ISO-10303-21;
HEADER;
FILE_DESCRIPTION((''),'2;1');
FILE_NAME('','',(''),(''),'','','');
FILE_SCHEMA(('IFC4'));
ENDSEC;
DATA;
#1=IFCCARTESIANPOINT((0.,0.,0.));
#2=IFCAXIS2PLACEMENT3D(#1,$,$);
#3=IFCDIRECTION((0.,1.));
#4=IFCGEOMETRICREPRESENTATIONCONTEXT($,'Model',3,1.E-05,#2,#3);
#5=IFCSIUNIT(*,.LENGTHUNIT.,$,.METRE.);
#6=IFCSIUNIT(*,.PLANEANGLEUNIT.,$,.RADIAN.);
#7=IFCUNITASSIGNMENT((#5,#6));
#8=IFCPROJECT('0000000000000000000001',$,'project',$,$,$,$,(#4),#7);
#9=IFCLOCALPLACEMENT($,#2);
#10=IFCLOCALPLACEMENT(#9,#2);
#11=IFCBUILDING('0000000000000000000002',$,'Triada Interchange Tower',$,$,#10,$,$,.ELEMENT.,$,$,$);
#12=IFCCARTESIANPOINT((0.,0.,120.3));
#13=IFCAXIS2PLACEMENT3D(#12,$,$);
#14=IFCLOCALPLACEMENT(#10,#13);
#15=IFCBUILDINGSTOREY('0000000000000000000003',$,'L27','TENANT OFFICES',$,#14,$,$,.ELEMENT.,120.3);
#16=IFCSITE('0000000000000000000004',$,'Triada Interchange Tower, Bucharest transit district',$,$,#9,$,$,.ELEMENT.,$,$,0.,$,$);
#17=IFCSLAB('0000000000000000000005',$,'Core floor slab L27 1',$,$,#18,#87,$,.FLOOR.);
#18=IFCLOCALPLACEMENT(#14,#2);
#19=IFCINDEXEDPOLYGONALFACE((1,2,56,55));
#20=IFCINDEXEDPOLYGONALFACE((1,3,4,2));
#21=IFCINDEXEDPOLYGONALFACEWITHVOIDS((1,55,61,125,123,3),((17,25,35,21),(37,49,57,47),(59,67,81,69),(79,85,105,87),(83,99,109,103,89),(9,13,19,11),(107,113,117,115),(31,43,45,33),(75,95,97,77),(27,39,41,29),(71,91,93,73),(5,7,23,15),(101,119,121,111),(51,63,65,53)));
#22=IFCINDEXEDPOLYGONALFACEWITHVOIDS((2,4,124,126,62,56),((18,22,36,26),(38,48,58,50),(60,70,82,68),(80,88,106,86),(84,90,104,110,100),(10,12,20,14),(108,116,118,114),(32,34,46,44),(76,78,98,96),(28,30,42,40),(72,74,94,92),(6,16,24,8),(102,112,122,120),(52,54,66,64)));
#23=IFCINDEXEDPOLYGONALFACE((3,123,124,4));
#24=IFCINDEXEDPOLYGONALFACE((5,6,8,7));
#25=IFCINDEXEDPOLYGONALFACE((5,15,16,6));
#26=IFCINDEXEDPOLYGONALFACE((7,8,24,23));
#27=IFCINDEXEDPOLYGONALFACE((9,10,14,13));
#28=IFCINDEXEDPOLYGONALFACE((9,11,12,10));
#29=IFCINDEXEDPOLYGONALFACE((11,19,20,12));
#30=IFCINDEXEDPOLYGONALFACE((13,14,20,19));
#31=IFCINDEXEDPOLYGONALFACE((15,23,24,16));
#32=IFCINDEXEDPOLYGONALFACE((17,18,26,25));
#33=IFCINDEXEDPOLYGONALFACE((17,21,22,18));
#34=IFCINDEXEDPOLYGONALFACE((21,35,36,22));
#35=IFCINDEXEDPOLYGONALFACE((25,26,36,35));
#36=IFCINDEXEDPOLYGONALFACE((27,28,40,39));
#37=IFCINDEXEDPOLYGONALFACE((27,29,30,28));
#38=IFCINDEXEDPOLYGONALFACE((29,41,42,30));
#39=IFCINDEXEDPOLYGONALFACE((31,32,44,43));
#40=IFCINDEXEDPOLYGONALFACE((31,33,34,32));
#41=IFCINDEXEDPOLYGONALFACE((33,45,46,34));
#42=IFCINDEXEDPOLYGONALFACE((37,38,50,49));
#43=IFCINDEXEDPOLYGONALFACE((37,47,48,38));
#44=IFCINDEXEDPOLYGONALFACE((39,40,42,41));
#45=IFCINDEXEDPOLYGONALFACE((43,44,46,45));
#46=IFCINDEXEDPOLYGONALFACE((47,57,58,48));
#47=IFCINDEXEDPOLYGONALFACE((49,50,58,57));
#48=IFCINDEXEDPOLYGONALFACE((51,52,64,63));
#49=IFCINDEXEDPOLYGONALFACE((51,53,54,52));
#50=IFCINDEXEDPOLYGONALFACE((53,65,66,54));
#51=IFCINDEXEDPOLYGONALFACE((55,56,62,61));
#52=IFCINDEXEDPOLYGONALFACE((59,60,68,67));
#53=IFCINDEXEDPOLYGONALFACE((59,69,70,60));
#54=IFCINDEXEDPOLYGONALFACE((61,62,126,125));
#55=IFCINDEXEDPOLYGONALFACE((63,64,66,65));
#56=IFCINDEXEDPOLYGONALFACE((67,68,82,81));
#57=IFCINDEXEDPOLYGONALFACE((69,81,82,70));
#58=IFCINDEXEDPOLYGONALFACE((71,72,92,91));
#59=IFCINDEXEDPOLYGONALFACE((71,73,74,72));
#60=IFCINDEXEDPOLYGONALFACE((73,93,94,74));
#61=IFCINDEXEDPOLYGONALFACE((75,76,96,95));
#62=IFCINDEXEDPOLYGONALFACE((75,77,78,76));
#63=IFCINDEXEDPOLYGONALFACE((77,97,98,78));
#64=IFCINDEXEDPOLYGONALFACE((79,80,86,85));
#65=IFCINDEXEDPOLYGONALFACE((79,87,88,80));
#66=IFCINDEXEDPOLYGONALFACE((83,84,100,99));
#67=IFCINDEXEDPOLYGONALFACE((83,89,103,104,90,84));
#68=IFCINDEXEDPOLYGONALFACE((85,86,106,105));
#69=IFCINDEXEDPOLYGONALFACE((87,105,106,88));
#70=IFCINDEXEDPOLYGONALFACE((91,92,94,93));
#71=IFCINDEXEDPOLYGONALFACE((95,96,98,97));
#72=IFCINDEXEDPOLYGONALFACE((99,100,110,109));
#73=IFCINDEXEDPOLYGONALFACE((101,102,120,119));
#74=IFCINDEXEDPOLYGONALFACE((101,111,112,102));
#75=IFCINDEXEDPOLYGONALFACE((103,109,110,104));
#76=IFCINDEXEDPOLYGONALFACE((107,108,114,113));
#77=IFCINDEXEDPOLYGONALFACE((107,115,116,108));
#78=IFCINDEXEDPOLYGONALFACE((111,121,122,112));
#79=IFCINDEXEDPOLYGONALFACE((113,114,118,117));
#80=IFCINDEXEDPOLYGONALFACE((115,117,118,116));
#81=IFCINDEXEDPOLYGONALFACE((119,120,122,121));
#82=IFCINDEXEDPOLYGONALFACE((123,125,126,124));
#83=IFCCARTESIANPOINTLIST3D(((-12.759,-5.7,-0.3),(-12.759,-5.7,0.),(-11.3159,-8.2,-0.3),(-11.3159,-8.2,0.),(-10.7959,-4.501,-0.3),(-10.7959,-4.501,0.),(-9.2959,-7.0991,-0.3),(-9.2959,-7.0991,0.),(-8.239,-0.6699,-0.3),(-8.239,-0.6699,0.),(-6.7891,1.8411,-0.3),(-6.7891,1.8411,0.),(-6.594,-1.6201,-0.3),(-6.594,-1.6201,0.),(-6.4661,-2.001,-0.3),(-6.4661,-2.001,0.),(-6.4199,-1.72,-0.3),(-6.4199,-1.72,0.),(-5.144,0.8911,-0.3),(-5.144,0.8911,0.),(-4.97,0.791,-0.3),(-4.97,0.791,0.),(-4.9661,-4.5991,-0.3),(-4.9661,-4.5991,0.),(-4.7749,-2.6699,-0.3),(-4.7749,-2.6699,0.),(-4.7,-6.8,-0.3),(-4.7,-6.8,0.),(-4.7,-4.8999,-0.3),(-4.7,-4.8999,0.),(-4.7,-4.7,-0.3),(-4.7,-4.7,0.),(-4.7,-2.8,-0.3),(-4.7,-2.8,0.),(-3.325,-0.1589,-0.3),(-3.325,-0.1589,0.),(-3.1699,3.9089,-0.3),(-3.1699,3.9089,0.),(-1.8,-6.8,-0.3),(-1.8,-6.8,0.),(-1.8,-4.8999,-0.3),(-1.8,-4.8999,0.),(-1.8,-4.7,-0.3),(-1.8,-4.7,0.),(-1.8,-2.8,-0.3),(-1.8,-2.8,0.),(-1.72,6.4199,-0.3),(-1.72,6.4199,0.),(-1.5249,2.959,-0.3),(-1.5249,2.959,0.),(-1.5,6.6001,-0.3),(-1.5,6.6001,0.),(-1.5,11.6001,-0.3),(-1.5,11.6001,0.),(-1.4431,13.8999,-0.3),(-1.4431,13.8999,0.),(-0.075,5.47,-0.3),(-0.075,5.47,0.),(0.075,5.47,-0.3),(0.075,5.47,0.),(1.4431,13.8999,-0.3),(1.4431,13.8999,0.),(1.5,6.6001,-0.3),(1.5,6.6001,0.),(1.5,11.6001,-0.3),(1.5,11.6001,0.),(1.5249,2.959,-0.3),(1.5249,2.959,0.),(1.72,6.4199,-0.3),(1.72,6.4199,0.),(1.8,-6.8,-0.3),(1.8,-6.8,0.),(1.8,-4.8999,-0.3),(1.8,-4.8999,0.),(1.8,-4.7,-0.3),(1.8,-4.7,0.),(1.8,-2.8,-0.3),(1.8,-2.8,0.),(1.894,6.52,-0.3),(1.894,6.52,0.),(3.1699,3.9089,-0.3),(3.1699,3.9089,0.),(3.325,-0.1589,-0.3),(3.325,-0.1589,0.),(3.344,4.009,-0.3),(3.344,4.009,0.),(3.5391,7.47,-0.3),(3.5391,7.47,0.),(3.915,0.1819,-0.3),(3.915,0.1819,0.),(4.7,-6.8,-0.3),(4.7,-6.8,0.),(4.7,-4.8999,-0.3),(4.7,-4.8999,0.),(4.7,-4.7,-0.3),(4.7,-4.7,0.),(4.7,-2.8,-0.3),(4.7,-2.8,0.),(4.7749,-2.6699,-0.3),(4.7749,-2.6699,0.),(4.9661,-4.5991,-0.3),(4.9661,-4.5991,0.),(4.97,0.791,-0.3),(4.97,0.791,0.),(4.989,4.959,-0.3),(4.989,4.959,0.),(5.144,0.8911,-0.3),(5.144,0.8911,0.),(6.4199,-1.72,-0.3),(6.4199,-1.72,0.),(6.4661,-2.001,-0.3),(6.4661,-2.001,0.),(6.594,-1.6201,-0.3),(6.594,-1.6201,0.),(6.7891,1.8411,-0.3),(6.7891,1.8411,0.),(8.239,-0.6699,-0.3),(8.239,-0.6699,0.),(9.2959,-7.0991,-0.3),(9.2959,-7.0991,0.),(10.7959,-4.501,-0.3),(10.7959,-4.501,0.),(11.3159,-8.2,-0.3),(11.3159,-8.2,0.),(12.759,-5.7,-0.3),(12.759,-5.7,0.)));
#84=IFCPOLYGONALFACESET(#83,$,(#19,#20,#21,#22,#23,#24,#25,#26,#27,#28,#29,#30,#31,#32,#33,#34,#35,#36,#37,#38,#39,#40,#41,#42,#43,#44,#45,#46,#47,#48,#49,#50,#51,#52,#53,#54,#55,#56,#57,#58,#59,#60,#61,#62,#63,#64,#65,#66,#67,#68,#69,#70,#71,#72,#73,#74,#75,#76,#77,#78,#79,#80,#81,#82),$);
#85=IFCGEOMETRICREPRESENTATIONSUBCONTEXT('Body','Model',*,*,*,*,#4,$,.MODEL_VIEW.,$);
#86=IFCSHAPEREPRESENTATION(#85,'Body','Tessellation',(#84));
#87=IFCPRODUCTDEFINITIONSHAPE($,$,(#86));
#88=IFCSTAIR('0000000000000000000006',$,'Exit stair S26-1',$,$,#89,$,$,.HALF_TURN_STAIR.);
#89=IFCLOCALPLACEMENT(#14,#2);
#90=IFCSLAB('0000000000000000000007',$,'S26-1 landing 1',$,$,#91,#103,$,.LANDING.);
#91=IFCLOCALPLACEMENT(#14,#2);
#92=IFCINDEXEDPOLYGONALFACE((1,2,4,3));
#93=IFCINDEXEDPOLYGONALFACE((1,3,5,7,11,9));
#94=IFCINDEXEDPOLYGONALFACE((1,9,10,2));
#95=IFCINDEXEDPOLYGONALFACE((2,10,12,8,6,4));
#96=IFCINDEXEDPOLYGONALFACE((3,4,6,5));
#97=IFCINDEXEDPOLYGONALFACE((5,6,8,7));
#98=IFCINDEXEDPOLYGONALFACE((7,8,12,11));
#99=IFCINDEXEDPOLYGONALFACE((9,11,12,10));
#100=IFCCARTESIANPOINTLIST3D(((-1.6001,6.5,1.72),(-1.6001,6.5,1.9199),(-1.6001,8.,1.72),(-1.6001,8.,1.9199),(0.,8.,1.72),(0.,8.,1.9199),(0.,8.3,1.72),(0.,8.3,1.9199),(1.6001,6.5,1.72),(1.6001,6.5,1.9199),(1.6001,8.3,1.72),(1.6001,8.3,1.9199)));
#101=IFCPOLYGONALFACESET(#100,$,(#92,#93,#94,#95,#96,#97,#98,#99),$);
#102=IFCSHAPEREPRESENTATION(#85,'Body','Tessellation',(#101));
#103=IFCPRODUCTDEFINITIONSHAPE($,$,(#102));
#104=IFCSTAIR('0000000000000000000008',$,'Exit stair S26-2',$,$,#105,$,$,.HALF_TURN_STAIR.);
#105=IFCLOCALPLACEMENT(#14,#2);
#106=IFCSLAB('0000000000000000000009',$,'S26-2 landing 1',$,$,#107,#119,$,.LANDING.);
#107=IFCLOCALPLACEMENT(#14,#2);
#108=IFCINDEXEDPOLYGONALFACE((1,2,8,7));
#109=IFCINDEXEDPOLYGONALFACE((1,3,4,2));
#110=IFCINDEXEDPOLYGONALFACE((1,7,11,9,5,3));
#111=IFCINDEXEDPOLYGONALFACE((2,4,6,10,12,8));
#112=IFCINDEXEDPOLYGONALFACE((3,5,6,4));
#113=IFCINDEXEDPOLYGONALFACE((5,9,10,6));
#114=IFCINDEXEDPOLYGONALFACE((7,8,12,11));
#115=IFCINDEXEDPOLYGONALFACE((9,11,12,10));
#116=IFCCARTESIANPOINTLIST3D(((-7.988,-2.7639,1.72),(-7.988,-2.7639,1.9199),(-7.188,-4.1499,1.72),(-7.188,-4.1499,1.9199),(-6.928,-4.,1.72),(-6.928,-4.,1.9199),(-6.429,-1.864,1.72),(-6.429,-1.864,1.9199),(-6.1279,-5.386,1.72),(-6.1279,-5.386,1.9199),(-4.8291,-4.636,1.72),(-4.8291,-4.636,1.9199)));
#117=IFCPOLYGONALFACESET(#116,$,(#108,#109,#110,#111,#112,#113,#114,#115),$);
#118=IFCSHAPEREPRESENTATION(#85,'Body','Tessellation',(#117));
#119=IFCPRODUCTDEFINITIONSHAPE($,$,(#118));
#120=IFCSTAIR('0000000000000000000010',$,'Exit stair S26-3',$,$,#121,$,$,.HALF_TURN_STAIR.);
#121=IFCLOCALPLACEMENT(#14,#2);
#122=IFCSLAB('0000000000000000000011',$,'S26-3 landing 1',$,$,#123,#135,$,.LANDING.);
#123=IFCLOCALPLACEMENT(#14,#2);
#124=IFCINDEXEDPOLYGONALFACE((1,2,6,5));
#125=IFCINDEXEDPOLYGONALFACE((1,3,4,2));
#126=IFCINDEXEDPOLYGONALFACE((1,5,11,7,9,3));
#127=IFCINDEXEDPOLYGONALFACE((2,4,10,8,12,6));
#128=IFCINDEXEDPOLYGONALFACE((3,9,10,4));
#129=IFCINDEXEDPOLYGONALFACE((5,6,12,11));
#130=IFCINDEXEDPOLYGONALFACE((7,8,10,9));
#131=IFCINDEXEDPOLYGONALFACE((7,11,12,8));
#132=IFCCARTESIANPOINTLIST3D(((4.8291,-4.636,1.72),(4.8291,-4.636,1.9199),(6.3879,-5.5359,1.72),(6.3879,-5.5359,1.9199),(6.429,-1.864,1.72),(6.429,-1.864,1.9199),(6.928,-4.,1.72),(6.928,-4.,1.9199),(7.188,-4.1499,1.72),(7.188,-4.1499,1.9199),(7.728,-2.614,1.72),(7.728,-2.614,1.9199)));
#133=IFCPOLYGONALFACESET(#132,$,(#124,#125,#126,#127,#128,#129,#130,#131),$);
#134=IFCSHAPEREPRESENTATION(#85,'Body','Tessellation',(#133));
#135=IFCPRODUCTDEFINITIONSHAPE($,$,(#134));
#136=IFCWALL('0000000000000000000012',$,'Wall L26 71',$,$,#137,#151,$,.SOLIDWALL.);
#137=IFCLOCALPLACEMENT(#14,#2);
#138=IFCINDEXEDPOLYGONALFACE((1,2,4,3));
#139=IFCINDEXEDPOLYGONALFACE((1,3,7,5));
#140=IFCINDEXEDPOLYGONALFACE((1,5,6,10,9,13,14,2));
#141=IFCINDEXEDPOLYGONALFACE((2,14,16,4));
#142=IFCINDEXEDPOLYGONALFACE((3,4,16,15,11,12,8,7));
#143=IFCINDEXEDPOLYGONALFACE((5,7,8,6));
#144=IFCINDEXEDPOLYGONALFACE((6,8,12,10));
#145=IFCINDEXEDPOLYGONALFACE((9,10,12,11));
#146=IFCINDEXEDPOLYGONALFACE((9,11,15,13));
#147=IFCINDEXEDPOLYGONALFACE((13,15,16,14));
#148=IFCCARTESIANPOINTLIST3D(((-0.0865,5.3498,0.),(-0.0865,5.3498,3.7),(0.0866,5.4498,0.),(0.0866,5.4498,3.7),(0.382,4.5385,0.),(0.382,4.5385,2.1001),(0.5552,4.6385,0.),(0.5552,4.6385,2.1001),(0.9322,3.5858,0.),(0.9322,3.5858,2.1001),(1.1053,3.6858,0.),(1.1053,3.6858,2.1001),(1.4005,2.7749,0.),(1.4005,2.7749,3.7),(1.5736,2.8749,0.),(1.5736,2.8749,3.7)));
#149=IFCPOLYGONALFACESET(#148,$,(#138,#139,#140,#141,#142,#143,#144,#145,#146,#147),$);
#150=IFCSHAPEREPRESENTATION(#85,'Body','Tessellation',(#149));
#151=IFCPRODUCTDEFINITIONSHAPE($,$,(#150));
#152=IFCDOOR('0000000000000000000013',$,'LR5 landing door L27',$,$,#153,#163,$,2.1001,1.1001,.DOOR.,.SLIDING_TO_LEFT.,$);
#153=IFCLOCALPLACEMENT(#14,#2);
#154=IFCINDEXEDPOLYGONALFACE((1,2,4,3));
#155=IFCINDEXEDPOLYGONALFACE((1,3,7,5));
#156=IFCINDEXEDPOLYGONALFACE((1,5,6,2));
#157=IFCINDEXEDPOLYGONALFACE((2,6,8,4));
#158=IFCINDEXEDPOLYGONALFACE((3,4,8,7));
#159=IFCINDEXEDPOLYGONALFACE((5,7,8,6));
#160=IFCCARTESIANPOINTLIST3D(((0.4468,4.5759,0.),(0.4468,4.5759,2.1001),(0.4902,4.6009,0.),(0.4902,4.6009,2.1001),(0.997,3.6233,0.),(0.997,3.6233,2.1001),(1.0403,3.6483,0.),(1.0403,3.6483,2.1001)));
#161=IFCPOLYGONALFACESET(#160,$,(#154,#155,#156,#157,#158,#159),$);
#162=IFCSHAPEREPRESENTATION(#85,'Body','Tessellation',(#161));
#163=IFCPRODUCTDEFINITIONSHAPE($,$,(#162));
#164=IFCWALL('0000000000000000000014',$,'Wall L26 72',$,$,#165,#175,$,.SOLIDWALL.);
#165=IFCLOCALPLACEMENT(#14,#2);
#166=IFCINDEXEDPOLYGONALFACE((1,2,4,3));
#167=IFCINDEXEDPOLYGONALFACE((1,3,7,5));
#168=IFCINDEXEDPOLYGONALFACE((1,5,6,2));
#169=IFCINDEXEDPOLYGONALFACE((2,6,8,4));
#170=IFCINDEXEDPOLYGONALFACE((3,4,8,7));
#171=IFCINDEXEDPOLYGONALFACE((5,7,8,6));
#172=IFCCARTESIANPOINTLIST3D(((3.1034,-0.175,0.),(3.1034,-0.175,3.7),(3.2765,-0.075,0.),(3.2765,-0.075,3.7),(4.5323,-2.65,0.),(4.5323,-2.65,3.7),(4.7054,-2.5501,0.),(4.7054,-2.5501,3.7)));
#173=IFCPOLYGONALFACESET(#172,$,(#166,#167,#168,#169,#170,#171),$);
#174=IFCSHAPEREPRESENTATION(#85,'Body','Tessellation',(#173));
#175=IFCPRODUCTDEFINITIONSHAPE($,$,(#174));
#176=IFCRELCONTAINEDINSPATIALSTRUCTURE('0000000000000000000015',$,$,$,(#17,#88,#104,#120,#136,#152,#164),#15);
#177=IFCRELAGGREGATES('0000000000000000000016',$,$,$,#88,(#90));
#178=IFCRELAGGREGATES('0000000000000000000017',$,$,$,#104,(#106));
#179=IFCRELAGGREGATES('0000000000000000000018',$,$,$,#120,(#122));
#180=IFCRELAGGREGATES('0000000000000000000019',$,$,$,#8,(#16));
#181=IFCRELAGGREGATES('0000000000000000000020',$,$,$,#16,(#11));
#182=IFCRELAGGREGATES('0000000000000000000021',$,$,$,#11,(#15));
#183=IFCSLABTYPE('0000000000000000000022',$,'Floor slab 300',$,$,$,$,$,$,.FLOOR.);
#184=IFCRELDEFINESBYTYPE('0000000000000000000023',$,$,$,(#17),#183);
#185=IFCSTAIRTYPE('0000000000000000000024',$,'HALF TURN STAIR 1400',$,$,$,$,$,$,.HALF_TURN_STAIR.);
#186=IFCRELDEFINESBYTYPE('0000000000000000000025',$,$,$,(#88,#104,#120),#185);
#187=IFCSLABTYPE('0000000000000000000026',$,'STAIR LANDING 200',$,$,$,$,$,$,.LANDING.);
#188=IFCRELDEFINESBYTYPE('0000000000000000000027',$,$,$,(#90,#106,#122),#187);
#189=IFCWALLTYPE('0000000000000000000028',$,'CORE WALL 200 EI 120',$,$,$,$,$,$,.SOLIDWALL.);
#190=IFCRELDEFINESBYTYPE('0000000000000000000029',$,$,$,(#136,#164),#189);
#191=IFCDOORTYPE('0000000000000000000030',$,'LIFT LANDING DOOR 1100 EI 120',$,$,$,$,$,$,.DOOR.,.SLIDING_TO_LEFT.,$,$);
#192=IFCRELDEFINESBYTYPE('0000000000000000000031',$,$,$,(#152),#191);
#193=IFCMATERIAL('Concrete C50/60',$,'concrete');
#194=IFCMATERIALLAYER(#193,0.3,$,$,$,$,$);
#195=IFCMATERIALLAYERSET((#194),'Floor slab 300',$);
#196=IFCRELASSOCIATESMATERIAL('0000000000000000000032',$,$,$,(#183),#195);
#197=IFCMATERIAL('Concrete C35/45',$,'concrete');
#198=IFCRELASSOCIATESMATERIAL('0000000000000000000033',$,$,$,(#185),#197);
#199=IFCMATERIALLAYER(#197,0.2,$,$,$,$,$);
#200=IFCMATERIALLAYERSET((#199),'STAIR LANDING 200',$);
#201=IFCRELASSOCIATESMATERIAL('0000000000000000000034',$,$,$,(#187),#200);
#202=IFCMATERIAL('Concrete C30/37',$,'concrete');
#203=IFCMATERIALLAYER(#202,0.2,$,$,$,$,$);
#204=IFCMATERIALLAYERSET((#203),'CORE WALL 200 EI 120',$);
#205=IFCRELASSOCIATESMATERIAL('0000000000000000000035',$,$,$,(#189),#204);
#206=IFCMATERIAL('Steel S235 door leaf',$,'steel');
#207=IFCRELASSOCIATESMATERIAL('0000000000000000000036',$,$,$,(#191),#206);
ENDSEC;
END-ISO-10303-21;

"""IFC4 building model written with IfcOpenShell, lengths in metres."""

from ifc_helpers import new_model, si_unit, direction, frame, frame_2d, origin, place, context, subcontext, project, spatial, polyline, rectangle, outline, extrude, material, layer, layer_set, type_object, element, fill, aggregate, save


model = new_model("IFC4")

# Units and contexts
model_context = context("Model", 3, precision=1e-05, world=origin(), true_north=direction((0.0, 1.0)))
body_context = subcontext(model_context, "Body", "Model", "MODEL_VIEW")
ifc_project = project(units=[si_unit("LENGTHUNIT", "METRE"), si_unit("PLANEANGLEUNIT", "RADIAN")], contexts=[model_context])

# Site, building, storey
site_placement = place(None, origin())
site = spatial("IfcSite", under=ifc_project, at=site_placement, Name="Triada Interchange Tower, Bucharest transit district", CompositionType="ELEMENT", RefElevation=0.0)
building_placement = place(site_placement, origin())
building = spatial("IfcBuilding", under=site, at=building_placement, Name="Triada Interchange Tower", CompositionType="ELEMENT")
storey_placement = place(building_placement, frame((0.0, 0.0, 120.3)))
storey = spatial("IfcBuildingStorey", under=building, at=storey_placement, Name="L27", Description="TENANT OFFICES", CompositionType="ELEMENT", Elevation=120.3)

# Slab
ifc_material_1 = material(Name="Concrete C50/60", Category="concrete")
ifc_layer_1 = layer(ifc_material_1, 0.3)
ifc_layer_set_1 = layer_set([ifc_layer_1], Name="Floor slab 300")
slab_type_1 = type_object("IfcSlabType", Name="Floor slab 300", PredefinedType="FLOOR", material=ifc_layer_set_1)
slab_1_placement = place(storey_placement, frame((0.0, 0.0, -0.3)))
element("IfcSlab", 1, at=slab_1_placement, inside=storey, type_object=slab_type_1, Name="Core floor slab L27 1", PredefinedType="FLOOR", context=body_context, shape_type="SweptSolid", body=[
    extrude(outline(polyline([(12.759, -5.7), (11.3159, -8.2), (-11.3159, -8.2), (-12.759, -5.7), (-1.4431, 13.8999), (1.4431, 13.8999), (12.759, -5.7)]), holes=[polyline([(9.2959, -7.0991), (10.7959, -4.501), (6.4661, -2.001), (4.9661, -4.5991), (9.2959, -7.0991)]), polyline([(6.7891, 1.8411), (5.144, 0.8911), (6.594, -1.6201), (8.239, -0.6699), (6.7891, 1.8411)]), polyline([(4.7749, -2.6699), (6.4199, -1.72), (4.97, 0.791), (3.915, 0.1819), (3.325, -0.1589), (4.7749, -2.6699)]), polyline([(1.894, 6.52), (3.344, 4.009), (4.989, 4.959), (3.5391, 7.47), (1.894, 6.52)]), polyline([(4.7, -6.8), (4.7, -4.8999), (1.8, -4.8999), (1.8, -6.8), (4.7, -6.8)]), polyline([(4.7, -2.8), (1.8, -2.8), (1.8, -4.7), (4.7, -4.7), (4.7, -2.8)]), polyline([(0.075, 5.47), (1.5249, 2.959), (3.1699, 3.9089), (1.72, 6.4199), (0.075, 5.47)]), polyline([(1.5, 11.6001), (-1.5, 11.6001), (-1.5, 6.6001), (1.5, 6.6001), (1.5, 11.6001)]), polyline([(-1.5249, 2.959), (-0.075, 5.47), (-1.72, 6.4199), (-3.1699, 3.9089), (-1.5249, 2.959)]), polyline([(-1.8, -2.8), (-4.7, -2.8), (-4.7, -4.7), (-1.8, -4.7), (-1.8, -2.8)]), polyline([(-4.7, -6.8), (-1.8, -6.8), (-1.8, -4.8999), (-4.7, -4.8999), (-4.7, -6.8)]), polyline([(-4.7749, -2.6699), (-3.325, -0.1589), (-4.97, 0.791), (-6.4199, -1.72), (-4.7749, -2.6699)]), polyline([(-10.7959, -4.501), (-9.2959, -7.0991), (-4.9661, -4.5991), (-6.4661, -2.001), (-10.7959, -4.501)]), polyline([(-6.594, -1.6201), (-5.144, 0.8911), (-6.7891, 1.8411), (-8.239, -0.6699), (-6.594, -1.6201)])]), origin(), (0.0, 0.0, 1.0), 0.3),
])

# Stairs, slabs
ifc_material_2 = material(Name="Concrete C35/45", Category="concrete")
stair_type = type_object("IfcStairType", Name="HALF TURN STAIR 1400", PredefinedType="HALF_TURN_STAIR", material=ifc_material_2)
stair_1_placement = place(storey_placement, origin())
stair_1 = element("IfcStair", 2, at=stair_1_placement, inside=storey, type_object=stair_type, Name="Exit stair S26-1", PredefinedType="HALF_TURN_STAIR")
ifc_layer_2 = layer(ifc_material_2, 0.2)
ifc_layer_set_2 = layer_set([ifc_layer_2], Name="STAIR LANDING 200")
slab_type_2 = type_object("IfcSlabType", Name="STAIR LANDING 200", PredefinedType="LANDING", material=ifc_layer_set_2)
slab_2_placement = place(storey_placement, frame((0.0, 0.0, 1.72)))
slab_2 = element("IfcSlab", 3, at=slab_2_placement, type_object=slab_type_2, Name="S26-1 landing 1", PredefinedType="LANDING", context=body_context, shape_type="SweptSolid", body=[
    extrude(outline(polyline([(1.6001, 6.5), (1.6001, 8.3), (0.0, 8.3), (0.0, 8.0), (-1.6001, 8.0), (-1.6001, 6.5), (1.6001, 6.5)])), origin(), (0.0, 0.0, 1.0), 0.2),
])
aggregate(stair_1, [slab_2])
stair_2_placement = place(storey_placement, origin())
stair_2 = element("IfcStair", 4, at=stair_2_placement, inside=storey, type_object=stair_type, Name="Exit stair S26-2", PredefinedType="HALF_TURN_STAIR")
slab_3_placement = place(storey_placement, frame((0.0, 0.0, 1.72)))
slab_3 = element("IfcSlab", 5, at=slab_3_placement, type_object=slab_type_2, Name="S26-2 landing 1", PredefinedType="LANDING", context=body_context, shape_type="SweptSolid", body=[
    extrude(outline(polyline([(-6.429, -1.864), (-7.988, -2.7639), (-7.188, -4.1499), (-6.928, -4.0), (-6.1279, -5.386), (-4.8291, -4.636), (-6.429, -1.864)])), origin(), (0.0, 0.0, 1.0), 0.2),
])
aggregate(stair_2, [slab_3])
stair_3_placement = place(storey_placement, origin())
stair_3 = element("IfcStair", 6, at=stair_3_placement, inside=storey, type_object=stair_type, Name="Exit stair S26-3", PredefinedType="HALF_TURN_STAIR")
slab_4_placement = place(storey_placement, frame((0.0, 0.0, 1.72)))
slab_4 = element("IfcSlab", 7, at=slab_4_placement, type_object=slab_type_2, Name="S26-3 landing 1", PredefinedType="LANDING", context=body_context, shape_type="SweptSolid", body=[
    extrude(outline(polyline([(4.8291, -4.636), (6.3879, -5.5359), (7.188, -4.1499), (6.928, -4.0), (7.728, -2.614), (6.429, -1.864), (4.8291, -4.636)])), origin(), (0.0, 0.0, 1.0), 0.2),
])
aggregate(stair_3, [slab_4])

# Wall, opening, door
ifc_material_3 = material(Name="Concrete C30/37", Category="concrete")
ifc_layer_3 = layer(ifc_material_3, 0.2)
ifc_layer_set_3 = layer_set([ifc_layer_3], Name="CORE WALL 200 EI 120")
wall_type_1 = type_object("IfcWallType", Name="CORE WALL 200 EI 120", PredefinedType="SOLIDWALL", material=ifc_layer_set_3)
wall_1_placement = place(storey_placement, frame((0.0, 5.3999, 0.0), z_axis=(0.0, 0.0, 1.0), x_axis=(0.500104, -0.865965, 0.0)))
wall_1 = element("IfcWall", 8, at=wall_1_placement, inside=storey, type_object=wall_type_1, Name="Wall L26 71", PredefinedType="SOLIDWALL", context=body_context, shape_type="SweptSolid", body=[
    extrude(rectangle(XDim=2.9734, YDim=0.2, at=frame_2d((1.4868, 0.0))), origin(), (0.0, 0.0, 1.0), 3.7),
])
opening_1_placement = place(wall_1_placement, frame((0.937, 0.0, 0.0)))
opening_1 = element("IfcOpeningElement", 9, at=opening_1_placement, cuts=wall_1, PredefinedType="OPENING", context=body_context, shape_type="SweptSolid", body=[
    extrude(rectangle(XDim=1.1001, YDim=2.1001, at=frame_2d((0.55, 1.05))), frame((0.0, 0.1099, 0.0), z_axis=(0.0, -1.0, 0.0), x_axis=(1.0, 0.0, 0.0)), (0.0, 0.0, 1.0), 0.22),
])
ifc_material_4 = material(Name="Steel S235 door leaf", Category="steel")
door_type_1 = type_object("IfcDoorType", Name="LIFT LANDING DOOR 1100 EI 120", OperationType="SLIDING_TO_LEFT", PredefinedType="DOOR", material=ifc_material_4)
door_1_placement = place(opening_1_placement, origin())
door_1 = element("IfcDoor", 10, at=door_1_placement, inside=storey, type_object=door_type_1, Name="LR5 landing door L27", OperationType="SLIDING_TO_LEFT", OverallHeight=2.1001, OverallWidth=1.1001, PredefinedType="DOOR", context=body_context, shape_type="SweptSolid", body=[
    extrude(rectangle(XDim=1.1001, YDim=2.1001, at=frame_2d((0.55, 1.05))), frame((0.0, 0.0249, 0.0), z_axis=(0.0, -1.0, 0.0), x_axis=(1.0, 0.0, 0.0)), (0.0, 0.0, 1.0), 0.05),
])
fill(opening_1, door_1)

# Wall
wall_2_placement = place(storey_placement, frame((3.1899, -0.125, 0.0), z_axis=(0.0, 0.0, 1.0), x_axis=(0.499989, -0.866032, 0.0)))
element("IfcWall", 11, at=wall_2_placement, inside=storey, type_object=wall_type_1, Name="Wall L26 72", PredefinedType="SOLIDWALL", context=body_context, shape_type="SweptSolid", body=[
    extrude(rectangle(XDim=2.8579, YDim=0.2, at=frame_2d((1.429, 0.0))), origin(), (0.0, 0.0, 1.0), 3.7),
])

save(model, "model.ifc")
